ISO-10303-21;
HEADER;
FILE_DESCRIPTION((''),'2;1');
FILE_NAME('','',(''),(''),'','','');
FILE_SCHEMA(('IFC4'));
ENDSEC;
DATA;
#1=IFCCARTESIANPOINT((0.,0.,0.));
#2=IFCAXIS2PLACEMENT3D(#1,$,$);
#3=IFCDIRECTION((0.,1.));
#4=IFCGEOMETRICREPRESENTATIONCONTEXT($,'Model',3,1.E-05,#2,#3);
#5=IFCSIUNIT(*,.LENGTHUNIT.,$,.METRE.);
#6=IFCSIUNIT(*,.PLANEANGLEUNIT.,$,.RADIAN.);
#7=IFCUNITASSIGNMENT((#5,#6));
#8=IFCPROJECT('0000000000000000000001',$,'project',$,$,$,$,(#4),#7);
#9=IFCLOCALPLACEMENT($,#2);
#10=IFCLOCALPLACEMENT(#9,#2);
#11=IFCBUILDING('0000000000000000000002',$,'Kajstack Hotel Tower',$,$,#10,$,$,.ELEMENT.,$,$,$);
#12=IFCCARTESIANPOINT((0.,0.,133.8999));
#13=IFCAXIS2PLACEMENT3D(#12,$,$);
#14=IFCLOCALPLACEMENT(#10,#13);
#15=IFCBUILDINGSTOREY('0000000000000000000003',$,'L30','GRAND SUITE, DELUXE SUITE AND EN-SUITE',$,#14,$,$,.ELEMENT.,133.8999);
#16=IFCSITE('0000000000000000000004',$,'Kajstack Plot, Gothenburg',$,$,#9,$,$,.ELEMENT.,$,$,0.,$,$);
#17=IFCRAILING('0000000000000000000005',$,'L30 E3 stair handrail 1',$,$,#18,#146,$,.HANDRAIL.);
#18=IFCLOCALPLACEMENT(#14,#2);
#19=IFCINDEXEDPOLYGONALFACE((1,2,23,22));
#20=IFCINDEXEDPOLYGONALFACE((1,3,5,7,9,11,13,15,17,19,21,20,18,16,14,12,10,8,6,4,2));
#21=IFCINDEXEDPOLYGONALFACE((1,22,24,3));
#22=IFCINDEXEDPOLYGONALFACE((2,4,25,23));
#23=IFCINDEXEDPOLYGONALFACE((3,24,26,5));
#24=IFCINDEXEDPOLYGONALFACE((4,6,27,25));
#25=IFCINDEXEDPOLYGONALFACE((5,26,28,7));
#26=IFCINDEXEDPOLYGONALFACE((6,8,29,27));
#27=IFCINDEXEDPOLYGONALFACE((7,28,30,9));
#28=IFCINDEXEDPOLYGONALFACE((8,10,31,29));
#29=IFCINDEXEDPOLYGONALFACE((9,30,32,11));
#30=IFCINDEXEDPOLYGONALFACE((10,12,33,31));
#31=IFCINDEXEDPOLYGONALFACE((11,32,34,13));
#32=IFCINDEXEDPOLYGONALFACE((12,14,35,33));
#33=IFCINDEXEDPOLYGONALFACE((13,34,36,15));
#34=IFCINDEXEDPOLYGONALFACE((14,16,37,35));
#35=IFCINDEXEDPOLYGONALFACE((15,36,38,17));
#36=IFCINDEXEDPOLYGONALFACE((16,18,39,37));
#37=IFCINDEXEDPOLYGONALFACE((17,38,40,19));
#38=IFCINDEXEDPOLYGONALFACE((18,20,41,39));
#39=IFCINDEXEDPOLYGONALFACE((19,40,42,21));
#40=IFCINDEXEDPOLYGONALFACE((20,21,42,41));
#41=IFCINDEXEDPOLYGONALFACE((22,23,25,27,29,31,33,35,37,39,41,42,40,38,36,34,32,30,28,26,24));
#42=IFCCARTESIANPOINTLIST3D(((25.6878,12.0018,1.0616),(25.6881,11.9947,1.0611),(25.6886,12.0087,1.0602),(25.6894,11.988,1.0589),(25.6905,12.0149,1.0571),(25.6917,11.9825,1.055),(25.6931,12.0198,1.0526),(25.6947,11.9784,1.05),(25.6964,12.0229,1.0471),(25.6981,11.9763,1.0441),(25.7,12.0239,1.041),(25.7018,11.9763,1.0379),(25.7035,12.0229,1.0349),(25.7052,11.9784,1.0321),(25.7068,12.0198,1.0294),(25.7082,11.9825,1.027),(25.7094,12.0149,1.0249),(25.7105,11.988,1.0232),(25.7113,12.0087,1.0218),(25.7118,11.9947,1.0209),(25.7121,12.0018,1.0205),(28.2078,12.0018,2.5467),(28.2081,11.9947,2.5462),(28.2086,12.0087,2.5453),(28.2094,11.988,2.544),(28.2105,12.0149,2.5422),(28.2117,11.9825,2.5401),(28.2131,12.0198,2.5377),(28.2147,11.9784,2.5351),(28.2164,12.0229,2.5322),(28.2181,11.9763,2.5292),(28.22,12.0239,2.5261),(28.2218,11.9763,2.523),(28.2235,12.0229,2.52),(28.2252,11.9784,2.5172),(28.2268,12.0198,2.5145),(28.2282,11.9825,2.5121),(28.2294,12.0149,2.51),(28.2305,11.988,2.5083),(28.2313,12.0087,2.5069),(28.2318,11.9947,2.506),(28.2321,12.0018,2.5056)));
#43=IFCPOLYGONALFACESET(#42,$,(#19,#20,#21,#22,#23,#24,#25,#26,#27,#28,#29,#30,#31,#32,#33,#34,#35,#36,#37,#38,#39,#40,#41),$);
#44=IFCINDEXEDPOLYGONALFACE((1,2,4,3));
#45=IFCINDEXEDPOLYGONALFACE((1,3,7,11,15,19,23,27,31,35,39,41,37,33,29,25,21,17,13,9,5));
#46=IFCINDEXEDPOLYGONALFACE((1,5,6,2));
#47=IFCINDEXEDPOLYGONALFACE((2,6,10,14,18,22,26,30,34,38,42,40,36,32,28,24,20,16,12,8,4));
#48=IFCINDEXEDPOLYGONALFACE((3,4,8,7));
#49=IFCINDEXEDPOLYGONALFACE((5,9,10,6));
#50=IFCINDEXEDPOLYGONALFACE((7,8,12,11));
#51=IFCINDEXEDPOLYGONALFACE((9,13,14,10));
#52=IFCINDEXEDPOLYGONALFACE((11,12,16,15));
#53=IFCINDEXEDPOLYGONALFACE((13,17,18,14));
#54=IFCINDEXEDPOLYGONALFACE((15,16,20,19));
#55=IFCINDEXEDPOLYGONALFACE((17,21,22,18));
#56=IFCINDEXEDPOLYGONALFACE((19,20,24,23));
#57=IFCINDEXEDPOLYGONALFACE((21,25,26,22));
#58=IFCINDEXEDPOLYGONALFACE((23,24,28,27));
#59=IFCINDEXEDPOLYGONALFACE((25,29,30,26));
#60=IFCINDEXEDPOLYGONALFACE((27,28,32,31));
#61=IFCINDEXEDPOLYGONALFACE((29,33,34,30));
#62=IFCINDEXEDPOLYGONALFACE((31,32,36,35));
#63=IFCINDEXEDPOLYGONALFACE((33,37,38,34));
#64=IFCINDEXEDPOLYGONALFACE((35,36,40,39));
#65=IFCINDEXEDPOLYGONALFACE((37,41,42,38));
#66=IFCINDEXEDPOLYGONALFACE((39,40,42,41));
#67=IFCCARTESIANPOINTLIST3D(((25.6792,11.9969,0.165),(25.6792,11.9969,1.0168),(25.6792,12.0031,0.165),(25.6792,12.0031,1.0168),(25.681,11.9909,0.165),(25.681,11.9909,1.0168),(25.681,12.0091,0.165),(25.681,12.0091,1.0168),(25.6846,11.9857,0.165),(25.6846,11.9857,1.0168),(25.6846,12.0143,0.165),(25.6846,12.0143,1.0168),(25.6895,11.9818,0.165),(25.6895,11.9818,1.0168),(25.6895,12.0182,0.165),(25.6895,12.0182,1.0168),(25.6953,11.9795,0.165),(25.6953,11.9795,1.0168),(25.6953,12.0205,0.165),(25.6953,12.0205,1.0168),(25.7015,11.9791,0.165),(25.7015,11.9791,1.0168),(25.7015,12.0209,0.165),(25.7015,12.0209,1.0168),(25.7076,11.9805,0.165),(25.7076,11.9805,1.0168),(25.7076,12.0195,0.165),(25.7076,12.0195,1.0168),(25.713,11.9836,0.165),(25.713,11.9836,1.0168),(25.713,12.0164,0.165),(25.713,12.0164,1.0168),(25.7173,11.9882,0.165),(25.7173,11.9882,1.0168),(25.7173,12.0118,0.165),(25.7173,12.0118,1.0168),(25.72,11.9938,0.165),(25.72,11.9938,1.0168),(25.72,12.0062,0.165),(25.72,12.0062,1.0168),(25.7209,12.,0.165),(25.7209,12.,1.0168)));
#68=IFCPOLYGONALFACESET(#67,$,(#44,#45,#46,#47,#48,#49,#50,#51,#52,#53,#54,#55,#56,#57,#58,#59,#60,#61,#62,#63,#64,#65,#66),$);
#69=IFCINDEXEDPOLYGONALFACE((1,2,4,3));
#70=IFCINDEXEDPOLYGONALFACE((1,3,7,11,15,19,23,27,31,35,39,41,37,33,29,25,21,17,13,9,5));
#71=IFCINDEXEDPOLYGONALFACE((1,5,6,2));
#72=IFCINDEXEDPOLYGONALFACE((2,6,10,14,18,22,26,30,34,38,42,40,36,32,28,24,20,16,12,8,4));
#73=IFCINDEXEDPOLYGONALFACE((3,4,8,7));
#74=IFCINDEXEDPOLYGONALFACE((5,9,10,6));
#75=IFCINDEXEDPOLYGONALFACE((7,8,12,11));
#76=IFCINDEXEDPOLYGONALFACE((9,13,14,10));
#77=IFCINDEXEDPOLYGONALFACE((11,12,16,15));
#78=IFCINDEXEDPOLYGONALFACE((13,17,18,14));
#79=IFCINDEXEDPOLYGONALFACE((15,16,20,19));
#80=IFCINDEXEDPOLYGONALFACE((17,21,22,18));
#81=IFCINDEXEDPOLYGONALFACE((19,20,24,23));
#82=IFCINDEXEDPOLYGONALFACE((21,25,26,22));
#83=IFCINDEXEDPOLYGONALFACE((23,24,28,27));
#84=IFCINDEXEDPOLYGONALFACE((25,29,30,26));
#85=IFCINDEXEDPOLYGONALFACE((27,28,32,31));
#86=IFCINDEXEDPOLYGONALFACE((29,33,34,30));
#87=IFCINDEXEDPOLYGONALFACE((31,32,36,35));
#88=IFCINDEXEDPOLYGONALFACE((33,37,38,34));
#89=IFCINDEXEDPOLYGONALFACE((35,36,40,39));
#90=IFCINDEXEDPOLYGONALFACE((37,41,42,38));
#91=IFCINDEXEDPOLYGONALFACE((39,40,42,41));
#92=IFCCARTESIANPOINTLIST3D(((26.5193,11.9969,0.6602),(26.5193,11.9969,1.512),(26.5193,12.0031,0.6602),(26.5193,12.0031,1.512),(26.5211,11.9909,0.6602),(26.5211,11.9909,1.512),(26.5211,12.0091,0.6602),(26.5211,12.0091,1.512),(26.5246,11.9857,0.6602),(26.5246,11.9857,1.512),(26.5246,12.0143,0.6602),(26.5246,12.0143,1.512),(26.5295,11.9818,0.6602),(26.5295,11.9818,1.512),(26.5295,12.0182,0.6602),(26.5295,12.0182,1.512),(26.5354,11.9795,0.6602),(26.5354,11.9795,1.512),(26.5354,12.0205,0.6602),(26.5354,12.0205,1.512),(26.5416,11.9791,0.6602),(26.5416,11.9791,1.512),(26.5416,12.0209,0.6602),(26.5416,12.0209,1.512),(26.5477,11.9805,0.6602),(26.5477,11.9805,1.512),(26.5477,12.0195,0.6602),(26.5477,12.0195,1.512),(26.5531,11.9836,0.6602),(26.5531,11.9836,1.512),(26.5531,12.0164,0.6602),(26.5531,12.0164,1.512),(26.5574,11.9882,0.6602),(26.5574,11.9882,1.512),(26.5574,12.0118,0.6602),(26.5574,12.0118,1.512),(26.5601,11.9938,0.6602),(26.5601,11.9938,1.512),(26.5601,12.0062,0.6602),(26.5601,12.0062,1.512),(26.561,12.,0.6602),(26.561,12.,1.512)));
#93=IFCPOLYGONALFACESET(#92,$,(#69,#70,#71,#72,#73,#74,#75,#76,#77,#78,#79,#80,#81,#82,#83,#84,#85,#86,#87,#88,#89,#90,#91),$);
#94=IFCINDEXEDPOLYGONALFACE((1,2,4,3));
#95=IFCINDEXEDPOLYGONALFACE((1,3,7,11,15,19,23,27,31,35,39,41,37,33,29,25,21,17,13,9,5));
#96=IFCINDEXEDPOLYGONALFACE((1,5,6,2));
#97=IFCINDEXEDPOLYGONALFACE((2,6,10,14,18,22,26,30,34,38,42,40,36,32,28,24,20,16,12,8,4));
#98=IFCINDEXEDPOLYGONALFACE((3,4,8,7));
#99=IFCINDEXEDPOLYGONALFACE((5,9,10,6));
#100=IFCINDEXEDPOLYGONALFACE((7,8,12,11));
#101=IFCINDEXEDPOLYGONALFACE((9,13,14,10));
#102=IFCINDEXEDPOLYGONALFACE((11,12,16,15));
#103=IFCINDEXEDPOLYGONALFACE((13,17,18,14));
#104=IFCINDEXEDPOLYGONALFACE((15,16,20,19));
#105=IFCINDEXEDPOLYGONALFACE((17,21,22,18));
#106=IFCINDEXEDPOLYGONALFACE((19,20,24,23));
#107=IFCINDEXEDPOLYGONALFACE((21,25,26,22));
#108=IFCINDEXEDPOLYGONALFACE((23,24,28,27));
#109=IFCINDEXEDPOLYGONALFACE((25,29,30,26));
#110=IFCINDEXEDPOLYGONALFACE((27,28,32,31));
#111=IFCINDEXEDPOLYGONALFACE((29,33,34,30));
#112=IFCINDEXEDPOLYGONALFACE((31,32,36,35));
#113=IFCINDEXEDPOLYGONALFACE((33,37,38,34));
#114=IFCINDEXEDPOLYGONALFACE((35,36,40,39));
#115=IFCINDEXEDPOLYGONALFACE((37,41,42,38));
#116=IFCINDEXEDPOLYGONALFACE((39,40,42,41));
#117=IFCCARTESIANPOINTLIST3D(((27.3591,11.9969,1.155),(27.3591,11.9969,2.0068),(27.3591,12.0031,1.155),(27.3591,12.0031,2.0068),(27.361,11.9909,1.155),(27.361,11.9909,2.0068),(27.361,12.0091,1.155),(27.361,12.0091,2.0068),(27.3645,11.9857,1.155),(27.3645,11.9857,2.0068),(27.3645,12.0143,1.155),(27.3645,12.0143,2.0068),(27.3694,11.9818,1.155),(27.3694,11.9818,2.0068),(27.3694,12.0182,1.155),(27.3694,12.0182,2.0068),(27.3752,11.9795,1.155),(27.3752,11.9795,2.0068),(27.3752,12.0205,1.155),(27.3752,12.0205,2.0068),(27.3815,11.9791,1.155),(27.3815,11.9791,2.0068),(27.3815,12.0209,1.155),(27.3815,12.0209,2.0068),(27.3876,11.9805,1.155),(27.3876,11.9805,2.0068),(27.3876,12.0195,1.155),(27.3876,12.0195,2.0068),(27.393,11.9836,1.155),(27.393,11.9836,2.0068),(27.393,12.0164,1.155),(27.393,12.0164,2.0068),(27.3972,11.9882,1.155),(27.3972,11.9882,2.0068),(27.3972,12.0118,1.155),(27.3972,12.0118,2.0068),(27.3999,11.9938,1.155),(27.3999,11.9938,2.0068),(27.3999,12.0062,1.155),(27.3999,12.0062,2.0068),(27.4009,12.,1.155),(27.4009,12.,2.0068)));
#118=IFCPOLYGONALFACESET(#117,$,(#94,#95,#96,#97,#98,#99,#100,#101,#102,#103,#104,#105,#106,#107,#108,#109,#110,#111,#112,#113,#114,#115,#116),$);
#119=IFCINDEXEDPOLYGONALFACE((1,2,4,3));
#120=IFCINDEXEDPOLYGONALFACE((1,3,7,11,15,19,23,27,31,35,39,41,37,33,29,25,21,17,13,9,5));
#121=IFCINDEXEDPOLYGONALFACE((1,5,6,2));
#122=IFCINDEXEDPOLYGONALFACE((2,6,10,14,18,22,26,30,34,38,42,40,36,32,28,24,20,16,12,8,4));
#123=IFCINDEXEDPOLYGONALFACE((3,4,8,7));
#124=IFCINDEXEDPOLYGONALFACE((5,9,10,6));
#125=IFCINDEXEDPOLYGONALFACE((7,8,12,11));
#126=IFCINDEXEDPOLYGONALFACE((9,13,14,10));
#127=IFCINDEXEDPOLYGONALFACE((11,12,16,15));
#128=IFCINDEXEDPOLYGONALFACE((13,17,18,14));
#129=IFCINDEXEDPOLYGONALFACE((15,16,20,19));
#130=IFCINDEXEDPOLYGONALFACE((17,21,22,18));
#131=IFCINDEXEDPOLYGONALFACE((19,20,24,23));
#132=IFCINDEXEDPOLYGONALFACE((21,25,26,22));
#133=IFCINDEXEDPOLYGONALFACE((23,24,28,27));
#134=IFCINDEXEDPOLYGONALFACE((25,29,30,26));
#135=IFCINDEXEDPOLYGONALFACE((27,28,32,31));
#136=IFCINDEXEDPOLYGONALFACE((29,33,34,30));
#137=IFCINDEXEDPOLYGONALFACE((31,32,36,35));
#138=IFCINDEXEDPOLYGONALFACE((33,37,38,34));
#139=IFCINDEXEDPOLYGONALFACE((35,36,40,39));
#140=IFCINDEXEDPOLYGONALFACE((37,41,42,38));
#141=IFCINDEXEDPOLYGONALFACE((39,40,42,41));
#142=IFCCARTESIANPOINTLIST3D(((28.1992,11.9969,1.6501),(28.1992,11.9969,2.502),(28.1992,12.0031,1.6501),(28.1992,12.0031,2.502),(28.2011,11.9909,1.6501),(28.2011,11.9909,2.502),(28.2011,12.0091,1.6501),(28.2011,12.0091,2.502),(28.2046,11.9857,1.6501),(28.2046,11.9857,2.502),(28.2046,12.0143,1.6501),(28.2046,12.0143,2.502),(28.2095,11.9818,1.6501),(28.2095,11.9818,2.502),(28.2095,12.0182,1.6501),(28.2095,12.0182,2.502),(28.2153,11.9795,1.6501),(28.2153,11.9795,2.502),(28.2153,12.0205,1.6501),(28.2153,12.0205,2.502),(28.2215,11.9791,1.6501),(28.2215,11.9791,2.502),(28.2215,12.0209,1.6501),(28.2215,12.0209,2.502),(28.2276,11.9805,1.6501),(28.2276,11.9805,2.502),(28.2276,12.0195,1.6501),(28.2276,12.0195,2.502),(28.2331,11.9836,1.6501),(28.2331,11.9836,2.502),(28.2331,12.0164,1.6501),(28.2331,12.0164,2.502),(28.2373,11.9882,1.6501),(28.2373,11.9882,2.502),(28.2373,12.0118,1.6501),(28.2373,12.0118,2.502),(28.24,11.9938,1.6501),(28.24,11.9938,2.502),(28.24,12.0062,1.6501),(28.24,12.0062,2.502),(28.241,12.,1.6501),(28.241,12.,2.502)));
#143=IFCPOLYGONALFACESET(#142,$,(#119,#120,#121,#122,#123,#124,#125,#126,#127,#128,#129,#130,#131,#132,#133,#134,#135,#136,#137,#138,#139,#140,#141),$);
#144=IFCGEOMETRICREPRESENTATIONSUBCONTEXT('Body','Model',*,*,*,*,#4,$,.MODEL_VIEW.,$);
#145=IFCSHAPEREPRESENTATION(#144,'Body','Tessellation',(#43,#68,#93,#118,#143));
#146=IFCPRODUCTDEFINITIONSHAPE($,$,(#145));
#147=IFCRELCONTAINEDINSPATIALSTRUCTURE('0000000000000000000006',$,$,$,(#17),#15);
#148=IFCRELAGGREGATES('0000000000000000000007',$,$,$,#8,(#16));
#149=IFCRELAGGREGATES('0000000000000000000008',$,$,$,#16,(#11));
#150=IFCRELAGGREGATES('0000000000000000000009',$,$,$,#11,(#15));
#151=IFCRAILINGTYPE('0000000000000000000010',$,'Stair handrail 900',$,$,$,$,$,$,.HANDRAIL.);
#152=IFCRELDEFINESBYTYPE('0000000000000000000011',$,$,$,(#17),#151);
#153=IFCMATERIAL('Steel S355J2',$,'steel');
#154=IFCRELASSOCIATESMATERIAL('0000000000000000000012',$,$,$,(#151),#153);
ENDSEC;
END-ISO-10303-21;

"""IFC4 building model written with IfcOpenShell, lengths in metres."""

from ifc_helpers import new_model, si_unit, direction, frame, origin, origin_2d, place, context, subcontext, project, spatial, circle, extrude, material, type_object, element, save


model = new_model("IFC4")

# Units and contexts
model_context = context("Model", 3, precision=1e-05, world=origin(), true_north=direction((0.0, 1.0)))
body_context = subcontext(model_context, "Body", "Model", "MODEL_VIEW")
ifc_project = project(units=[si_unit("LENGTHUNIT", "METRE"), si_unit("PLANEANGLEUNIT", "RADIAN")], contexts=[model_context])

# Site, building, storey
site_placement = place(None, origin())
site = spatial("IfcSite", under=ifc_project, at=site_placement, Name="Kajstack Plot, Gothenburg", CompositionType="ELEMENT", RefElevation=0.0)
building_placement = place(site_placement, origin())
building = spatial("IfcBuilding", under=site, at=building_placement, Name="Kajstack Hotel Tower", CompositionType="ELEMENT")
storey_placement = place(building_placement, frame((0.0, 0.0, 133.8999)))
storey = spatial("IfcBuildingStorey", under=building, at=storey_placement, Name="L30", Description="GRAND SUITE, DELUXE SUITE AND EN-SUITE", CompositionType="ELEMENT", Elevation=133.8999)

# Railing
ifc_material_1 = material(Name="Steel S355J2", Category="steel")
railing_type_1 = type_object("IfcRailingType", Name="Stair handrail 900", PredefinedType="HANDRAIL", material=ifc_material_1)
railing_1_placement = place(storey_placement, frame((25.7, 12.0, 0.165)))
element("IfcRailing", 1, at=railing_1_placement, inside=storey, type_object=railing_type_1, Name="L30 E3 stair handrail 1", PredefinedType="HANDRAIL", context=body_context, shape_type="SweptSolid", body=[
    extrude(circle(Radius=0.0239, at=origin_2d()), frame((0.0, 0.0, 0.876), z_axis=(0.861524, 0.0, 0.507717), x_axis=(0.0, 1.0, 0.0)), (0.0, 0.0, 1.0), 2.925),
    extrude(circle(Radius=0.021, at=origin_2d()), origin(), (0.0, 0.0, 1.0), 0.8518),
    extrude(circle(Radius=0.021, at=origin_2d()), frame((0.8401, 0.0, 0.4951)), (0.0, 0.0, 1.0), 0.8518),
    extrude(circle(Radius=0.021, at=origin_2d()), frame((1.6799, 0.0, 0.99)), (0.0, 0.0, 1.0), 0.8518),
    extrude(circle(Radius=0.021, at=origin_2d()), frame((2.52, 0.0, 1.4851)), (0.0, 0.0, 1.0), 0.8518),
])

save(model, "model.ifc")
